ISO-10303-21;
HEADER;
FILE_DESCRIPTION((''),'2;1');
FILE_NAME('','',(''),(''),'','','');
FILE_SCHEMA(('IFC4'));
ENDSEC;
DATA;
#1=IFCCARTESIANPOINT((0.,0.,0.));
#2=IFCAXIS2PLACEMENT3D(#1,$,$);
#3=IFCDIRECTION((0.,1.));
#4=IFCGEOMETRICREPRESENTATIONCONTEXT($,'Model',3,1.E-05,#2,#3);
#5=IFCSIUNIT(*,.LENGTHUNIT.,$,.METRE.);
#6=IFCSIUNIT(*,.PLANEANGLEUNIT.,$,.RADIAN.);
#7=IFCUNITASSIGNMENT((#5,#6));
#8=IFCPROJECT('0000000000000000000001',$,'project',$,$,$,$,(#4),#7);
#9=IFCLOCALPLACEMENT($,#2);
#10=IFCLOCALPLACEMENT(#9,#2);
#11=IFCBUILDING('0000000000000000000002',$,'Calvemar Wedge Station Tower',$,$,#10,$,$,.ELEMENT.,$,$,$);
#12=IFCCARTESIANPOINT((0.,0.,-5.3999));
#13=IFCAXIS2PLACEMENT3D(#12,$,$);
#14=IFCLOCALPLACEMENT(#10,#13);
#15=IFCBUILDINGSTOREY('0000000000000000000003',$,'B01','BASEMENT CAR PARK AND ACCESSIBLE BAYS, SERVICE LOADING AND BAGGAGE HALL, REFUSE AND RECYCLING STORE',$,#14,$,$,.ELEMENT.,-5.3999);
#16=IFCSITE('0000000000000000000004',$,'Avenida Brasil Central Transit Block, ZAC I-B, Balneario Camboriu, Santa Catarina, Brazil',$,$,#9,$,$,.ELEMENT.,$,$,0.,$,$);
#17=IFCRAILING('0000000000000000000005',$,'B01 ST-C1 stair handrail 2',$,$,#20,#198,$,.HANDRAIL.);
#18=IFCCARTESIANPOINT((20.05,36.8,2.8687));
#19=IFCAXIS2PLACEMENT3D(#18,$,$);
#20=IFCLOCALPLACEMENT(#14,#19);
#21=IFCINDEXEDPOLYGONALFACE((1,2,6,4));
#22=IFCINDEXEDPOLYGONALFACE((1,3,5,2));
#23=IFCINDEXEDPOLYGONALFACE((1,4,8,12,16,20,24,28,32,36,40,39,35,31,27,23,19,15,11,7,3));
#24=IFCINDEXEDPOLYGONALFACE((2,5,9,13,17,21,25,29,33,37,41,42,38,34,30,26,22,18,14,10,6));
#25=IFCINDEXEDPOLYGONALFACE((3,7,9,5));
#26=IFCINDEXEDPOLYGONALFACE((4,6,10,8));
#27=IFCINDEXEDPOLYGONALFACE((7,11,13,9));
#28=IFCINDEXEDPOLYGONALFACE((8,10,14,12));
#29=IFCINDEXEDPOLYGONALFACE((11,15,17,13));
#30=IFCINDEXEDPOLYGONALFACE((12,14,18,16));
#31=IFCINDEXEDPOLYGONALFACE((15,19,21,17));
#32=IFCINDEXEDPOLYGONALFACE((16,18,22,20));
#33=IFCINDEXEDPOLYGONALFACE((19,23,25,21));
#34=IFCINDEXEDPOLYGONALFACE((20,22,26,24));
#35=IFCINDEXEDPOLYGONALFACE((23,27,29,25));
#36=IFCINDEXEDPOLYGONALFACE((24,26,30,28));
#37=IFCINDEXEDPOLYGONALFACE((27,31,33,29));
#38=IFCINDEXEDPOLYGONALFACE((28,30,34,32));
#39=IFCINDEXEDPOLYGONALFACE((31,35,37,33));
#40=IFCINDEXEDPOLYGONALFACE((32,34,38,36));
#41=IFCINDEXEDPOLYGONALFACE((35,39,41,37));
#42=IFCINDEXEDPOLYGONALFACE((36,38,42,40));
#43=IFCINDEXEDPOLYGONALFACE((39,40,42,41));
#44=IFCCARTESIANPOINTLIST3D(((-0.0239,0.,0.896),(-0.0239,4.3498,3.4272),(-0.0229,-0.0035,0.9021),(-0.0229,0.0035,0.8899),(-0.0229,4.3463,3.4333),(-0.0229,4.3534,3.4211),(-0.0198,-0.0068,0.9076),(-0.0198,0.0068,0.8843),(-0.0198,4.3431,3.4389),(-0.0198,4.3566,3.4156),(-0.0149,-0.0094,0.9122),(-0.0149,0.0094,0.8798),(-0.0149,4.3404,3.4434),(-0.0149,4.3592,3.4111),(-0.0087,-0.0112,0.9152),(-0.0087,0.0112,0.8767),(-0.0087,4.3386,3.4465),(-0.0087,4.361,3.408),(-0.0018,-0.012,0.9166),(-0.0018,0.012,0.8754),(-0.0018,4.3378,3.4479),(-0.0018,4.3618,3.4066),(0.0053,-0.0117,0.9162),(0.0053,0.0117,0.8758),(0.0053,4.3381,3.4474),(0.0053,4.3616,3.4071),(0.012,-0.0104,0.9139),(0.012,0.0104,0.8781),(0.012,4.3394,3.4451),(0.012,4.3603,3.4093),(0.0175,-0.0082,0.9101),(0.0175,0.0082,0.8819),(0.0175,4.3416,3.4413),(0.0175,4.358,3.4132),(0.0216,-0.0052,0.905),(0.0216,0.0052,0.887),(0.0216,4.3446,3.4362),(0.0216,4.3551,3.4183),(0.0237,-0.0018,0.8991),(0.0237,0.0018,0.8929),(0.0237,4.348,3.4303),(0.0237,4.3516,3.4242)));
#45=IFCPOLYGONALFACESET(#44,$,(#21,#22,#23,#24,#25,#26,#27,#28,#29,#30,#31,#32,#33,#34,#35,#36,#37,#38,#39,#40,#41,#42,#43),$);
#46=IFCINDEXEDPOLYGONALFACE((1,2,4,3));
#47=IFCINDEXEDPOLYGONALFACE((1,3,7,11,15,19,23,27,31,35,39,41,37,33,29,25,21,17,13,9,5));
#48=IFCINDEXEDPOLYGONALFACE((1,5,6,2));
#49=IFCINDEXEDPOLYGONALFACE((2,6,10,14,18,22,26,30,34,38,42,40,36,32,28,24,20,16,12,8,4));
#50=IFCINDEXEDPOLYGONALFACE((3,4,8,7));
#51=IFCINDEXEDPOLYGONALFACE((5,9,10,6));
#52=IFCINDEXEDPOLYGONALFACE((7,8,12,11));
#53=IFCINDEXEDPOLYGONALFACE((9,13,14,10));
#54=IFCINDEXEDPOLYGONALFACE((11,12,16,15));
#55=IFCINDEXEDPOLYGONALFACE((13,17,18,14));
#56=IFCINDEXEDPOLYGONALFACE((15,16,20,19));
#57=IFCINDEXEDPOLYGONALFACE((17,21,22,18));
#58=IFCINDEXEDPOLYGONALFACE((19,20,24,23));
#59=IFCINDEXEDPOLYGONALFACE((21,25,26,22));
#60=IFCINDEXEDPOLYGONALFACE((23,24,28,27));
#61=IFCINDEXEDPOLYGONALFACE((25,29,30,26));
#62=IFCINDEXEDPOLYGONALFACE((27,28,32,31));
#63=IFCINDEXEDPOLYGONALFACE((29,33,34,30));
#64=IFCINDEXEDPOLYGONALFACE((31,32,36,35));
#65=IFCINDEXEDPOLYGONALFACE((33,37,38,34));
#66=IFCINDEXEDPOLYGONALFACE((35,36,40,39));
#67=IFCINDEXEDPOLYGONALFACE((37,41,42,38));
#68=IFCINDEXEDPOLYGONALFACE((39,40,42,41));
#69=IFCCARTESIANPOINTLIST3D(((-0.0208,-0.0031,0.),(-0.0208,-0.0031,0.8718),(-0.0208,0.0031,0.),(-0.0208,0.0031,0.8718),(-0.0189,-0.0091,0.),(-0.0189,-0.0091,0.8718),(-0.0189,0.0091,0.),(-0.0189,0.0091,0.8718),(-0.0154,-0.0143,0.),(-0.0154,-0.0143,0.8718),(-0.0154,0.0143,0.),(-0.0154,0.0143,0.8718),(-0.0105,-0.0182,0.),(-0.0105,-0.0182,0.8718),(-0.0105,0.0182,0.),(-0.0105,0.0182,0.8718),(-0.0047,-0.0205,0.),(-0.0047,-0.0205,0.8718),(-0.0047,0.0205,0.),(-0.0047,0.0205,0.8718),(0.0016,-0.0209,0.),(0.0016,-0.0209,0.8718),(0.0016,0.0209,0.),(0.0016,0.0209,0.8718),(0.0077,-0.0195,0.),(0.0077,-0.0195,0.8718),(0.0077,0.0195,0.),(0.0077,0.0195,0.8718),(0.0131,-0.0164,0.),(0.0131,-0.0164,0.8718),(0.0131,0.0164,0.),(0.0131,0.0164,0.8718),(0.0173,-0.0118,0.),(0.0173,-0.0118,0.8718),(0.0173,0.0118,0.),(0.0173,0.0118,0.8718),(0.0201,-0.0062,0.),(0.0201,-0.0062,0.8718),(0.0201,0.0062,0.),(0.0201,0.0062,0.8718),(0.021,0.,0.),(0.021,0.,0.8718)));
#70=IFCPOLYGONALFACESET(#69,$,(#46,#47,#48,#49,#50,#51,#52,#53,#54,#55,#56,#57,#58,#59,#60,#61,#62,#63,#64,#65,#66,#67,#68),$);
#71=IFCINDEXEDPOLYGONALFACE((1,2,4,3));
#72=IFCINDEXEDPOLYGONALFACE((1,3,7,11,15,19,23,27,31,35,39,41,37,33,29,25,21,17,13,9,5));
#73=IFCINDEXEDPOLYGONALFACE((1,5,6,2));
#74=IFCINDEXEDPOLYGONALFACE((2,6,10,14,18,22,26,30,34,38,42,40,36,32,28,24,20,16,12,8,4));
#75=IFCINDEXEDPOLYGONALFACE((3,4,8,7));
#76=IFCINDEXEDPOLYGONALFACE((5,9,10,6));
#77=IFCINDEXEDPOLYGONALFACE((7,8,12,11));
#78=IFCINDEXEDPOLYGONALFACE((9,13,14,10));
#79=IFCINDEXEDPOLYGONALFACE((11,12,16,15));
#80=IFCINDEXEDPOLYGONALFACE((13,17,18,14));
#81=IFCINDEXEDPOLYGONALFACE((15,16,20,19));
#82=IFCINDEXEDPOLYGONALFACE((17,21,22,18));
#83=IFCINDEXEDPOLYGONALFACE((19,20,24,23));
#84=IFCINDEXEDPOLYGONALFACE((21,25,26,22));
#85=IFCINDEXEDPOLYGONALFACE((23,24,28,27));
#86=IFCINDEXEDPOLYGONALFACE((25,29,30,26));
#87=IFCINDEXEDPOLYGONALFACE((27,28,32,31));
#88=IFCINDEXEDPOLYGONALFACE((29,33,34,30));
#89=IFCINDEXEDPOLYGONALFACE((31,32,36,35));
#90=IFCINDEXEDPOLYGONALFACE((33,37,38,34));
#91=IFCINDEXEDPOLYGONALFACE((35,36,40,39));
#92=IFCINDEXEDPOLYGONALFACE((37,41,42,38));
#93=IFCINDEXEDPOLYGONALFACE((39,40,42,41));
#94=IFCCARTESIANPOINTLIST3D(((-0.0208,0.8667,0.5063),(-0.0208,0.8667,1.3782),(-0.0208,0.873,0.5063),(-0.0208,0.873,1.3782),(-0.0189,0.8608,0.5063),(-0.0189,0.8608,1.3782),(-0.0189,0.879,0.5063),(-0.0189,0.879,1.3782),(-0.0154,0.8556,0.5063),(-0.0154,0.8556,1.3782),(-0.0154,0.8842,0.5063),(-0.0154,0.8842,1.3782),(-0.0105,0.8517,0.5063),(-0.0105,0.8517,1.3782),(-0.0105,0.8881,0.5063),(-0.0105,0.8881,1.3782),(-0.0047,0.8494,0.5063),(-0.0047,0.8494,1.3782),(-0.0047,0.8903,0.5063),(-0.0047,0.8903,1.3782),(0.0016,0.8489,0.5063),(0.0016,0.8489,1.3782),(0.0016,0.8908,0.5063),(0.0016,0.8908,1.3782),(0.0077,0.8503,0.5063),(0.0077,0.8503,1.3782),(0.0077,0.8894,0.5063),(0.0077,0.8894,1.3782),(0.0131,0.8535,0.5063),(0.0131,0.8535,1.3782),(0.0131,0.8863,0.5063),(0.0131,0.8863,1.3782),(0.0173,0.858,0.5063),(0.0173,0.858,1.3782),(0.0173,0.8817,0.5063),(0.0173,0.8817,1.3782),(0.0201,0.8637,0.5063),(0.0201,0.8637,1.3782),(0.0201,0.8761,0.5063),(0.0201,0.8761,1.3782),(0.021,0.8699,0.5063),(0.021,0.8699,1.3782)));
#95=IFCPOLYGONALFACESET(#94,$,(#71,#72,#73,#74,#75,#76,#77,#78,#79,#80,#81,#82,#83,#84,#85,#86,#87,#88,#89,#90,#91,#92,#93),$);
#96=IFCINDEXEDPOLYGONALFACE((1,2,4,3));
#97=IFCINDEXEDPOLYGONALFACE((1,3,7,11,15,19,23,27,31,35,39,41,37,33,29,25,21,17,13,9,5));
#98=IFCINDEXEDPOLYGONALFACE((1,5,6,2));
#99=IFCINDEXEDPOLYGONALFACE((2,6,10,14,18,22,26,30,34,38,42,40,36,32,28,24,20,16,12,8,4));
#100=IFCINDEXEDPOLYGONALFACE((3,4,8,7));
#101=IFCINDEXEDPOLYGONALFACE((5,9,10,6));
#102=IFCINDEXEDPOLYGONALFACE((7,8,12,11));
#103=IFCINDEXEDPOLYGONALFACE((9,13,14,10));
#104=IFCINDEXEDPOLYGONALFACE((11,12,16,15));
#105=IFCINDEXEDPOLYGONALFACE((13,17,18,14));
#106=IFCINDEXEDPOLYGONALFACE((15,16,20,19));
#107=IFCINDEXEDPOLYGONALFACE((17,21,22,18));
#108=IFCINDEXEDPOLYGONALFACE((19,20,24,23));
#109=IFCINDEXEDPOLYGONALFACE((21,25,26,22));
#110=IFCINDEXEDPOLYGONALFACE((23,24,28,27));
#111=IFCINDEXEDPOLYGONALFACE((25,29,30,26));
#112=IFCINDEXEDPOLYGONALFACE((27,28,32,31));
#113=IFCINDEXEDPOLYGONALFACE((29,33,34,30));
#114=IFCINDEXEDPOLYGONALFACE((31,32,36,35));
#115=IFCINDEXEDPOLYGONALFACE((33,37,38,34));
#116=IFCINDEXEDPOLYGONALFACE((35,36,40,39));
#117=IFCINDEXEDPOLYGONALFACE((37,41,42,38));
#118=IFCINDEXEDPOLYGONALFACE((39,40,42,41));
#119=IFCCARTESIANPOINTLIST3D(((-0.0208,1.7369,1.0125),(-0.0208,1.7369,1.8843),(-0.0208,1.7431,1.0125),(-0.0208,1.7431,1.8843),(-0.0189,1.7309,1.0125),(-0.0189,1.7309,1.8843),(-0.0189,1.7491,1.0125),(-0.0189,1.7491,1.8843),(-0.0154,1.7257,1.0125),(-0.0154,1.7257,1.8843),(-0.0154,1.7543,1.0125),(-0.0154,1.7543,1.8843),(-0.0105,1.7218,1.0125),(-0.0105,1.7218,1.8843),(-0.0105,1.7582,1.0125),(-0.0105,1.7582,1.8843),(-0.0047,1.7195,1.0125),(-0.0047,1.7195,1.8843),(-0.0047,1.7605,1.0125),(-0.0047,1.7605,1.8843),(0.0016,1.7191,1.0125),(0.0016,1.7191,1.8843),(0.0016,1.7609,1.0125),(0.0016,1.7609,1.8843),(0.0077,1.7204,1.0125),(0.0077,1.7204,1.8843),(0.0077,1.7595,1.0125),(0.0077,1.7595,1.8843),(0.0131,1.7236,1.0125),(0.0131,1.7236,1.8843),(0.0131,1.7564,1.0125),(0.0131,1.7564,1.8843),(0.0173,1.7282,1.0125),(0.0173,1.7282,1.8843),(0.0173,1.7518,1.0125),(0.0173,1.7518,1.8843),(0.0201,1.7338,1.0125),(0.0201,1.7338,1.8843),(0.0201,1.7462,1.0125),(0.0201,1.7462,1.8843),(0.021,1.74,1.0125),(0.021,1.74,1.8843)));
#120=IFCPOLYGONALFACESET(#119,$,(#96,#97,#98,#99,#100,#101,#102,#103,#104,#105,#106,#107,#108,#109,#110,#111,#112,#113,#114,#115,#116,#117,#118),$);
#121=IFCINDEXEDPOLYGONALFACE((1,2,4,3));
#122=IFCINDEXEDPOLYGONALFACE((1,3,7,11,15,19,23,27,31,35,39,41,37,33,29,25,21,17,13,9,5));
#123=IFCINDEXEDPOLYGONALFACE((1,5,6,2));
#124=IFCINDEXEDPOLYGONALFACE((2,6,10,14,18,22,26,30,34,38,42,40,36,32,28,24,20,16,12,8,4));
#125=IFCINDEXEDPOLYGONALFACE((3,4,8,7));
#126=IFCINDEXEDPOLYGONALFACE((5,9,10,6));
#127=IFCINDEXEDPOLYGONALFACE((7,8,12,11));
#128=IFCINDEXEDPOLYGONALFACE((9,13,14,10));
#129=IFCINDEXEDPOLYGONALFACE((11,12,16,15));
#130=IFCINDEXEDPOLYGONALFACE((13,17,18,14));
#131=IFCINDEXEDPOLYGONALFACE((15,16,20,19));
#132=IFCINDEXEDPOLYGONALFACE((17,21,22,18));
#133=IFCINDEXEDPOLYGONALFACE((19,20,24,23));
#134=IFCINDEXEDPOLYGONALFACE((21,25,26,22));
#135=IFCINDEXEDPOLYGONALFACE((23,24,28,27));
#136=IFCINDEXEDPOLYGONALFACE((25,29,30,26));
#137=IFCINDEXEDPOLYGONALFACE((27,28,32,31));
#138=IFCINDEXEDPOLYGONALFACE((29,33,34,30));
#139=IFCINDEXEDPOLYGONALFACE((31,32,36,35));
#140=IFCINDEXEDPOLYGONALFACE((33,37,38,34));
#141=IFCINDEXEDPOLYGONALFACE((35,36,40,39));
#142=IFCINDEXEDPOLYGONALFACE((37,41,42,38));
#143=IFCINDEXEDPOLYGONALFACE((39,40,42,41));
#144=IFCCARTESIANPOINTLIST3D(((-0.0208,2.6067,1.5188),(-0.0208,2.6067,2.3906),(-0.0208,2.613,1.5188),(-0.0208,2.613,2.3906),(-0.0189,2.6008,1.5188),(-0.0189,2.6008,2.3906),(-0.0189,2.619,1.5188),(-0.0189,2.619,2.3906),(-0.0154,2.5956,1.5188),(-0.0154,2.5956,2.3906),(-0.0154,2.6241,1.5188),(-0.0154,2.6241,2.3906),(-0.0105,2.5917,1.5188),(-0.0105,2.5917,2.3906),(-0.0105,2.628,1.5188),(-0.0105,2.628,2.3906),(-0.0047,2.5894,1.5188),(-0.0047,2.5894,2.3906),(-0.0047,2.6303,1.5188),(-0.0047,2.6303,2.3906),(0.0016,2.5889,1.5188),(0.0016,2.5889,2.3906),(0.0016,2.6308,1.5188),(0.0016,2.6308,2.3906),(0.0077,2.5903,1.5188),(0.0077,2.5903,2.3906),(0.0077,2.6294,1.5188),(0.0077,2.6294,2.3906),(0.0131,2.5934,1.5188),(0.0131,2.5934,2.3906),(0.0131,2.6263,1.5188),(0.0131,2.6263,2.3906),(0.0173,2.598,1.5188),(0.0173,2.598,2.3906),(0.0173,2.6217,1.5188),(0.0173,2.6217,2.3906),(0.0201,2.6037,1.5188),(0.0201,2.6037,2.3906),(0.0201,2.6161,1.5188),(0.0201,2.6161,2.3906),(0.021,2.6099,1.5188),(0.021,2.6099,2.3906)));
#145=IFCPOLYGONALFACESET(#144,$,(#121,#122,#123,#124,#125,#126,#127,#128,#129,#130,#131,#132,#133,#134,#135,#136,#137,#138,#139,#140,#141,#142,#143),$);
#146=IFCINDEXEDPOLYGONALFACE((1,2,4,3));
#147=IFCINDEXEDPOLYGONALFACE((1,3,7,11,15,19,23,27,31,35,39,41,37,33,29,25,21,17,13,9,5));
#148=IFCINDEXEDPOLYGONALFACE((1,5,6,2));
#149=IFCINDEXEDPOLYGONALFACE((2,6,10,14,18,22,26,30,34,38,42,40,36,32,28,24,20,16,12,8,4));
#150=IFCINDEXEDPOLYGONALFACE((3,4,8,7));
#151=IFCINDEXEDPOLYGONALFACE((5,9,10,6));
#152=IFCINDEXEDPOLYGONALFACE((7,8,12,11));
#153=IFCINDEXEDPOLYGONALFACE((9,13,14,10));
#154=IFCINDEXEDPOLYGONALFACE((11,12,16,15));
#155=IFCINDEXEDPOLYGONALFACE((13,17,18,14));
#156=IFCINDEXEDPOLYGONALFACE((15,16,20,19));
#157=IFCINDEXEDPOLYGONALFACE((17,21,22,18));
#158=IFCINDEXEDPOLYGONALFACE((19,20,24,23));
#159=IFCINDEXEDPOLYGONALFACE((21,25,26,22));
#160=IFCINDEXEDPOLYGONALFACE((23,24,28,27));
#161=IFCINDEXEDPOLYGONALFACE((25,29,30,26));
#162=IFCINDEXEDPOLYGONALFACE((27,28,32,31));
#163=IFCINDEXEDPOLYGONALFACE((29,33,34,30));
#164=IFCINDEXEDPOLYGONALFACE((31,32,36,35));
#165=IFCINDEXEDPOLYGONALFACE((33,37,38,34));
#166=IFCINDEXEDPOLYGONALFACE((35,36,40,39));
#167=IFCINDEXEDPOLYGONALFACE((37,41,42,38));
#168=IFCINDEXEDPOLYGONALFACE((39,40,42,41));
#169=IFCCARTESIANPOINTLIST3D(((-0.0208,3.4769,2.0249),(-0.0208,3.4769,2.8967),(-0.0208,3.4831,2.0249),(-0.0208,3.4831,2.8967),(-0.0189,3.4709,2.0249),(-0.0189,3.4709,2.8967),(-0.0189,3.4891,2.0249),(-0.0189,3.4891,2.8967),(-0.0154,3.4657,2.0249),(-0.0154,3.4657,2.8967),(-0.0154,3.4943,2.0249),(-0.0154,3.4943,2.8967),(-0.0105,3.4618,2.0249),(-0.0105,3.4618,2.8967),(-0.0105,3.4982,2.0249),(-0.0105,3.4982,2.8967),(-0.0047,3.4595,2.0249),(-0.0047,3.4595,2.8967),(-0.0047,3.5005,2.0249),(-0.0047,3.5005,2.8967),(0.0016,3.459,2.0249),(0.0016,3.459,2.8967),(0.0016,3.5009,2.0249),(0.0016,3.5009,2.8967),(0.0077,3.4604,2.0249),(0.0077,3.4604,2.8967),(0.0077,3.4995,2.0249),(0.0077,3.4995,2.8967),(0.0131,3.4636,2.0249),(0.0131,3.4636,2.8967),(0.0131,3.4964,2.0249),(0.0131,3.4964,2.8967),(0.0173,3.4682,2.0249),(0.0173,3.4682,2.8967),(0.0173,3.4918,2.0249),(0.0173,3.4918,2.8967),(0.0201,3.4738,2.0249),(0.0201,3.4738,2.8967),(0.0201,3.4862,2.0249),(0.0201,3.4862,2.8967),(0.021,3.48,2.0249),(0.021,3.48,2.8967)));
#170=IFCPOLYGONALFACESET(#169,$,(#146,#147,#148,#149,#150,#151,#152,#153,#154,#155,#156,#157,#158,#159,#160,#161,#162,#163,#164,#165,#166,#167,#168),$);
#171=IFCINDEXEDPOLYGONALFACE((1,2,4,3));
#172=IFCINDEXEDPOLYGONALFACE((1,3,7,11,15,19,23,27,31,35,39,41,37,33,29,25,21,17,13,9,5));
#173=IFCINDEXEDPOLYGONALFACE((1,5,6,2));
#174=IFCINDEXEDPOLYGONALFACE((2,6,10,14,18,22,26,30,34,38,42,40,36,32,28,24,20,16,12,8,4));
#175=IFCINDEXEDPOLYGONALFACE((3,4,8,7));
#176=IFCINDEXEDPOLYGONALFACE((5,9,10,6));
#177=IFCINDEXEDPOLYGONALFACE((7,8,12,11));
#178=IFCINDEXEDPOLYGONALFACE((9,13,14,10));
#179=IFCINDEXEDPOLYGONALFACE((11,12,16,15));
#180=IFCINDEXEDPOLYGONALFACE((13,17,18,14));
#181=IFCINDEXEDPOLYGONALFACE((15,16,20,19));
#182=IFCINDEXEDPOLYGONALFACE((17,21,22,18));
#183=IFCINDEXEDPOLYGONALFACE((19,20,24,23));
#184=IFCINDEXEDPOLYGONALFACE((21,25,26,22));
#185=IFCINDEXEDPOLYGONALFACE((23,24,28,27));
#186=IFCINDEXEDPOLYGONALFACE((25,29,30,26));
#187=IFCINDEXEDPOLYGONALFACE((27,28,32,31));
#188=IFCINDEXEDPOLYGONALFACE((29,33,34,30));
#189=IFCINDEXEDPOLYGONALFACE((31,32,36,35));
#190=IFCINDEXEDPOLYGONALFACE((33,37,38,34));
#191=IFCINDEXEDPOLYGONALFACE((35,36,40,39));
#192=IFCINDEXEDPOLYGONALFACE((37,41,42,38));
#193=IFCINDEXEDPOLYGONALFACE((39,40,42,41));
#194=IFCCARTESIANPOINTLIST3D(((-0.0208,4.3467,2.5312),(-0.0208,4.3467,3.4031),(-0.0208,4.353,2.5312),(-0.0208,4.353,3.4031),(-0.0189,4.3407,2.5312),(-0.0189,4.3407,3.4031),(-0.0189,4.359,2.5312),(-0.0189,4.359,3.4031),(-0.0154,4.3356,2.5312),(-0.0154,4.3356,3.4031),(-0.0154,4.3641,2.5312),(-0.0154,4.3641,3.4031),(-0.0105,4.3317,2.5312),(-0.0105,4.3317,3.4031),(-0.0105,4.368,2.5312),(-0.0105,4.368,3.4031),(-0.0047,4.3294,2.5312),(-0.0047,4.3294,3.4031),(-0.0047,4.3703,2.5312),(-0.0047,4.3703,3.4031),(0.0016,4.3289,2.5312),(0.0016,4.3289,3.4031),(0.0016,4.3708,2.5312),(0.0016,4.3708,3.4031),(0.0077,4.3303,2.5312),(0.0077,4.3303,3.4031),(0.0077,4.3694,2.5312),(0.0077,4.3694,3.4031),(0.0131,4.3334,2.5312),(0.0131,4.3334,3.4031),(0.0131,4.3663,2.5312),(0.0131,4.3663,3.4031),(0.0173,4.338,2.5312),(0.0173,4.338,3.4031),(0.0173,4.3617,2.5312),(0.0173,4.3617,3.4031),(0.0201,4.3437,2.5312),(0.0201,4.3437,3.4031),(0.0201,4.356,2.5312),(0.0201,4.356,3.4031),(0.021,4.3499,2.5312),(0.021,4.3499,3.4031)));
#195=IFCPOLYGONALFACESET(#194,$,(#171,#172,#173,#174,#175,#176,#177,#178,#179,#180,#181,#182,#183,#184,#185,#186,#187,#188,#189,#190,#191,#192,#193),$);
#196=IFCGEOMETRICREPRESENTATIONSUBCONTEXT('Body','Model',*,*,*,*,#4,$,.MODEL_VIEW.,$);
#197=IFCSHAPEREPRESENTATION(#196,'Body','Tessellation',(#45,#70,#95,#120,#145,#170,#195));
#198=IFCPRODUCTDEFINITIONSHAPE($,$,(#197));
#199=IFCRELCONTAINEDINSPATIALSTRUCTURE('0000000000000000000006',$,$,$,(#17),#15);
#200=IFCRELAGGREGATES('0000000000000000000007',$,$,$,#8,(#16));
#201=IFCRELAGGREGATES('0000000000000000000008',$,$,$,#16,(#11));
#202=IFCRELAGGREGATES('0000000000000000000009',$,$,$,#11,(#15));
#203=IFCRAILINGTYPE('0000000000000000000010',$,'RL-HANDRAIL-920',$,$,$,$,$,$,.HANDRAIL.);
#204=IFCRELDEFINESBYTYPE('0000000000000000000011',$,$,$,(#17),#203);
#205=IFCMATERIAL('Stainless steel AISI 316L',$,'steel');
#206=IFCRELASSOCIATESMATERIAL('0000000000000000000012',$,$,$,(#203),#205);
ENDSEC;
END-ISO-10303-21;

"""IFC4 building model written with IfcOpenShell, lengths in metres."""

from ifc_helpers import new_model, si_unit, direction, frame, origin, origin_2d, place, context, subcontext, project, spatial, circle, extrude, material, type_object, element, save


model = new_model("IFC4")

# Units and contexts
model_context = context("Model", 3, precision=1e-05, world=origin(), true_north=direction((0.0, 1.0)))
body_context = subcontext(model_context, "Body", "Model", "MODEL_VIEW")
ifc_project = project(units=[si_unit("LENGTHUNIT", "METRE"), si_unit("PLANEANGLEUNIT", "RADIAN")], contexts=[model_context])

# Site, building, storey
site_placement = place(None, origin())
site = spatial("IfcSite", under=ifc_project, at=site_placement, Name="Avenida Brasil Central Transit Block, ZAC I-B, Balneario Camboriu, Santa Catarina, Brazil", CompositionType="ELEMENT", RefElevation=0.0)
building_placement = place(site_placement, origin())
building = spatial("IfcBuilding", under=site, at=building_placement, Name="Calvemar Wedge Station Tower", CompositionType="ELEMENT")
storey_placement = place(building_placement, frame((0.0, 0.0, -5.3999)))
storey = spatial("IfcBuildingStorey", under=building, at=storey_placement, Name="B01", Description="BASEMENT CAR PARK AND ACCESSIBLE BAYS, SERVICE LOADING AND BAGGAGE HALL, REFUSE AND RECYCLING STORE", CompositionType="ELEMENT", Elevation=-5.3999)

# Railing
ifc_material_1 = material(Name="Stainless steel AISI 316L", Category="steel")
railing_type_1 = type_object("IfcRailingType", Name="RL-HANDRAIL-920", PredefinedType="HANDRAIL", material=ifc_material_1)
railing_1_placement = place(storey_placement, frame((20.05, 36.8, 2.8687)))
element("IfcRailing", 1, at=railing_1_placement, inside=storey, type_object=railing_type_1, Name="B01 ST-C1 stair handrail 2", PredefinedType="HANDRAIL", context=body_context, shape_type="SweptSolid", body=[
    extrude(circle(Radius=0.0239, at=origin_2d()), frame((0.0, 0.0, 0.896), z_axis=(0.0, 0.864312, 0.502957), x_axis=(-1.0, 0.0, 0.0)), (0.0, 0.0, 1.0), 5.0327),
    extrude(circle(Radius=0.021, at=origin_2d()), origin(), (0.0, 0.0, 1.0), 0.8718),
    extrude(circle(Radius=0.021, at=origin_2d()), frame((0.0, 0.8699, 0.5063)), (0.0, 0.0, 1.0), 0.8718),
    extrude(circle(Radius=0.021, at=origin_2d()), frame((0.0, 1.74, 1.0125)), (0.0, 0.0, 1.0), 0.8718),
    extrude(circle(Radius=0.021, at=origin_2d()), frame((0.0, 2.6099, 1.5188)), (0.0, 0.0, 1.0), 0.8718),
    extrude(circle(Radius=0.021, at=origin_2d()), frame((0.0, 3.48, 2.0249)), (0.0, 0.0, 1.0), 0.8718),
    extrude(circle(Radius=0.021, at=origin_2d()), frame((0.0, 4.3499, 2.5312)), (0.0, 0.0, 1.0), 0.8718),
])

save(model, "model.ifc")
